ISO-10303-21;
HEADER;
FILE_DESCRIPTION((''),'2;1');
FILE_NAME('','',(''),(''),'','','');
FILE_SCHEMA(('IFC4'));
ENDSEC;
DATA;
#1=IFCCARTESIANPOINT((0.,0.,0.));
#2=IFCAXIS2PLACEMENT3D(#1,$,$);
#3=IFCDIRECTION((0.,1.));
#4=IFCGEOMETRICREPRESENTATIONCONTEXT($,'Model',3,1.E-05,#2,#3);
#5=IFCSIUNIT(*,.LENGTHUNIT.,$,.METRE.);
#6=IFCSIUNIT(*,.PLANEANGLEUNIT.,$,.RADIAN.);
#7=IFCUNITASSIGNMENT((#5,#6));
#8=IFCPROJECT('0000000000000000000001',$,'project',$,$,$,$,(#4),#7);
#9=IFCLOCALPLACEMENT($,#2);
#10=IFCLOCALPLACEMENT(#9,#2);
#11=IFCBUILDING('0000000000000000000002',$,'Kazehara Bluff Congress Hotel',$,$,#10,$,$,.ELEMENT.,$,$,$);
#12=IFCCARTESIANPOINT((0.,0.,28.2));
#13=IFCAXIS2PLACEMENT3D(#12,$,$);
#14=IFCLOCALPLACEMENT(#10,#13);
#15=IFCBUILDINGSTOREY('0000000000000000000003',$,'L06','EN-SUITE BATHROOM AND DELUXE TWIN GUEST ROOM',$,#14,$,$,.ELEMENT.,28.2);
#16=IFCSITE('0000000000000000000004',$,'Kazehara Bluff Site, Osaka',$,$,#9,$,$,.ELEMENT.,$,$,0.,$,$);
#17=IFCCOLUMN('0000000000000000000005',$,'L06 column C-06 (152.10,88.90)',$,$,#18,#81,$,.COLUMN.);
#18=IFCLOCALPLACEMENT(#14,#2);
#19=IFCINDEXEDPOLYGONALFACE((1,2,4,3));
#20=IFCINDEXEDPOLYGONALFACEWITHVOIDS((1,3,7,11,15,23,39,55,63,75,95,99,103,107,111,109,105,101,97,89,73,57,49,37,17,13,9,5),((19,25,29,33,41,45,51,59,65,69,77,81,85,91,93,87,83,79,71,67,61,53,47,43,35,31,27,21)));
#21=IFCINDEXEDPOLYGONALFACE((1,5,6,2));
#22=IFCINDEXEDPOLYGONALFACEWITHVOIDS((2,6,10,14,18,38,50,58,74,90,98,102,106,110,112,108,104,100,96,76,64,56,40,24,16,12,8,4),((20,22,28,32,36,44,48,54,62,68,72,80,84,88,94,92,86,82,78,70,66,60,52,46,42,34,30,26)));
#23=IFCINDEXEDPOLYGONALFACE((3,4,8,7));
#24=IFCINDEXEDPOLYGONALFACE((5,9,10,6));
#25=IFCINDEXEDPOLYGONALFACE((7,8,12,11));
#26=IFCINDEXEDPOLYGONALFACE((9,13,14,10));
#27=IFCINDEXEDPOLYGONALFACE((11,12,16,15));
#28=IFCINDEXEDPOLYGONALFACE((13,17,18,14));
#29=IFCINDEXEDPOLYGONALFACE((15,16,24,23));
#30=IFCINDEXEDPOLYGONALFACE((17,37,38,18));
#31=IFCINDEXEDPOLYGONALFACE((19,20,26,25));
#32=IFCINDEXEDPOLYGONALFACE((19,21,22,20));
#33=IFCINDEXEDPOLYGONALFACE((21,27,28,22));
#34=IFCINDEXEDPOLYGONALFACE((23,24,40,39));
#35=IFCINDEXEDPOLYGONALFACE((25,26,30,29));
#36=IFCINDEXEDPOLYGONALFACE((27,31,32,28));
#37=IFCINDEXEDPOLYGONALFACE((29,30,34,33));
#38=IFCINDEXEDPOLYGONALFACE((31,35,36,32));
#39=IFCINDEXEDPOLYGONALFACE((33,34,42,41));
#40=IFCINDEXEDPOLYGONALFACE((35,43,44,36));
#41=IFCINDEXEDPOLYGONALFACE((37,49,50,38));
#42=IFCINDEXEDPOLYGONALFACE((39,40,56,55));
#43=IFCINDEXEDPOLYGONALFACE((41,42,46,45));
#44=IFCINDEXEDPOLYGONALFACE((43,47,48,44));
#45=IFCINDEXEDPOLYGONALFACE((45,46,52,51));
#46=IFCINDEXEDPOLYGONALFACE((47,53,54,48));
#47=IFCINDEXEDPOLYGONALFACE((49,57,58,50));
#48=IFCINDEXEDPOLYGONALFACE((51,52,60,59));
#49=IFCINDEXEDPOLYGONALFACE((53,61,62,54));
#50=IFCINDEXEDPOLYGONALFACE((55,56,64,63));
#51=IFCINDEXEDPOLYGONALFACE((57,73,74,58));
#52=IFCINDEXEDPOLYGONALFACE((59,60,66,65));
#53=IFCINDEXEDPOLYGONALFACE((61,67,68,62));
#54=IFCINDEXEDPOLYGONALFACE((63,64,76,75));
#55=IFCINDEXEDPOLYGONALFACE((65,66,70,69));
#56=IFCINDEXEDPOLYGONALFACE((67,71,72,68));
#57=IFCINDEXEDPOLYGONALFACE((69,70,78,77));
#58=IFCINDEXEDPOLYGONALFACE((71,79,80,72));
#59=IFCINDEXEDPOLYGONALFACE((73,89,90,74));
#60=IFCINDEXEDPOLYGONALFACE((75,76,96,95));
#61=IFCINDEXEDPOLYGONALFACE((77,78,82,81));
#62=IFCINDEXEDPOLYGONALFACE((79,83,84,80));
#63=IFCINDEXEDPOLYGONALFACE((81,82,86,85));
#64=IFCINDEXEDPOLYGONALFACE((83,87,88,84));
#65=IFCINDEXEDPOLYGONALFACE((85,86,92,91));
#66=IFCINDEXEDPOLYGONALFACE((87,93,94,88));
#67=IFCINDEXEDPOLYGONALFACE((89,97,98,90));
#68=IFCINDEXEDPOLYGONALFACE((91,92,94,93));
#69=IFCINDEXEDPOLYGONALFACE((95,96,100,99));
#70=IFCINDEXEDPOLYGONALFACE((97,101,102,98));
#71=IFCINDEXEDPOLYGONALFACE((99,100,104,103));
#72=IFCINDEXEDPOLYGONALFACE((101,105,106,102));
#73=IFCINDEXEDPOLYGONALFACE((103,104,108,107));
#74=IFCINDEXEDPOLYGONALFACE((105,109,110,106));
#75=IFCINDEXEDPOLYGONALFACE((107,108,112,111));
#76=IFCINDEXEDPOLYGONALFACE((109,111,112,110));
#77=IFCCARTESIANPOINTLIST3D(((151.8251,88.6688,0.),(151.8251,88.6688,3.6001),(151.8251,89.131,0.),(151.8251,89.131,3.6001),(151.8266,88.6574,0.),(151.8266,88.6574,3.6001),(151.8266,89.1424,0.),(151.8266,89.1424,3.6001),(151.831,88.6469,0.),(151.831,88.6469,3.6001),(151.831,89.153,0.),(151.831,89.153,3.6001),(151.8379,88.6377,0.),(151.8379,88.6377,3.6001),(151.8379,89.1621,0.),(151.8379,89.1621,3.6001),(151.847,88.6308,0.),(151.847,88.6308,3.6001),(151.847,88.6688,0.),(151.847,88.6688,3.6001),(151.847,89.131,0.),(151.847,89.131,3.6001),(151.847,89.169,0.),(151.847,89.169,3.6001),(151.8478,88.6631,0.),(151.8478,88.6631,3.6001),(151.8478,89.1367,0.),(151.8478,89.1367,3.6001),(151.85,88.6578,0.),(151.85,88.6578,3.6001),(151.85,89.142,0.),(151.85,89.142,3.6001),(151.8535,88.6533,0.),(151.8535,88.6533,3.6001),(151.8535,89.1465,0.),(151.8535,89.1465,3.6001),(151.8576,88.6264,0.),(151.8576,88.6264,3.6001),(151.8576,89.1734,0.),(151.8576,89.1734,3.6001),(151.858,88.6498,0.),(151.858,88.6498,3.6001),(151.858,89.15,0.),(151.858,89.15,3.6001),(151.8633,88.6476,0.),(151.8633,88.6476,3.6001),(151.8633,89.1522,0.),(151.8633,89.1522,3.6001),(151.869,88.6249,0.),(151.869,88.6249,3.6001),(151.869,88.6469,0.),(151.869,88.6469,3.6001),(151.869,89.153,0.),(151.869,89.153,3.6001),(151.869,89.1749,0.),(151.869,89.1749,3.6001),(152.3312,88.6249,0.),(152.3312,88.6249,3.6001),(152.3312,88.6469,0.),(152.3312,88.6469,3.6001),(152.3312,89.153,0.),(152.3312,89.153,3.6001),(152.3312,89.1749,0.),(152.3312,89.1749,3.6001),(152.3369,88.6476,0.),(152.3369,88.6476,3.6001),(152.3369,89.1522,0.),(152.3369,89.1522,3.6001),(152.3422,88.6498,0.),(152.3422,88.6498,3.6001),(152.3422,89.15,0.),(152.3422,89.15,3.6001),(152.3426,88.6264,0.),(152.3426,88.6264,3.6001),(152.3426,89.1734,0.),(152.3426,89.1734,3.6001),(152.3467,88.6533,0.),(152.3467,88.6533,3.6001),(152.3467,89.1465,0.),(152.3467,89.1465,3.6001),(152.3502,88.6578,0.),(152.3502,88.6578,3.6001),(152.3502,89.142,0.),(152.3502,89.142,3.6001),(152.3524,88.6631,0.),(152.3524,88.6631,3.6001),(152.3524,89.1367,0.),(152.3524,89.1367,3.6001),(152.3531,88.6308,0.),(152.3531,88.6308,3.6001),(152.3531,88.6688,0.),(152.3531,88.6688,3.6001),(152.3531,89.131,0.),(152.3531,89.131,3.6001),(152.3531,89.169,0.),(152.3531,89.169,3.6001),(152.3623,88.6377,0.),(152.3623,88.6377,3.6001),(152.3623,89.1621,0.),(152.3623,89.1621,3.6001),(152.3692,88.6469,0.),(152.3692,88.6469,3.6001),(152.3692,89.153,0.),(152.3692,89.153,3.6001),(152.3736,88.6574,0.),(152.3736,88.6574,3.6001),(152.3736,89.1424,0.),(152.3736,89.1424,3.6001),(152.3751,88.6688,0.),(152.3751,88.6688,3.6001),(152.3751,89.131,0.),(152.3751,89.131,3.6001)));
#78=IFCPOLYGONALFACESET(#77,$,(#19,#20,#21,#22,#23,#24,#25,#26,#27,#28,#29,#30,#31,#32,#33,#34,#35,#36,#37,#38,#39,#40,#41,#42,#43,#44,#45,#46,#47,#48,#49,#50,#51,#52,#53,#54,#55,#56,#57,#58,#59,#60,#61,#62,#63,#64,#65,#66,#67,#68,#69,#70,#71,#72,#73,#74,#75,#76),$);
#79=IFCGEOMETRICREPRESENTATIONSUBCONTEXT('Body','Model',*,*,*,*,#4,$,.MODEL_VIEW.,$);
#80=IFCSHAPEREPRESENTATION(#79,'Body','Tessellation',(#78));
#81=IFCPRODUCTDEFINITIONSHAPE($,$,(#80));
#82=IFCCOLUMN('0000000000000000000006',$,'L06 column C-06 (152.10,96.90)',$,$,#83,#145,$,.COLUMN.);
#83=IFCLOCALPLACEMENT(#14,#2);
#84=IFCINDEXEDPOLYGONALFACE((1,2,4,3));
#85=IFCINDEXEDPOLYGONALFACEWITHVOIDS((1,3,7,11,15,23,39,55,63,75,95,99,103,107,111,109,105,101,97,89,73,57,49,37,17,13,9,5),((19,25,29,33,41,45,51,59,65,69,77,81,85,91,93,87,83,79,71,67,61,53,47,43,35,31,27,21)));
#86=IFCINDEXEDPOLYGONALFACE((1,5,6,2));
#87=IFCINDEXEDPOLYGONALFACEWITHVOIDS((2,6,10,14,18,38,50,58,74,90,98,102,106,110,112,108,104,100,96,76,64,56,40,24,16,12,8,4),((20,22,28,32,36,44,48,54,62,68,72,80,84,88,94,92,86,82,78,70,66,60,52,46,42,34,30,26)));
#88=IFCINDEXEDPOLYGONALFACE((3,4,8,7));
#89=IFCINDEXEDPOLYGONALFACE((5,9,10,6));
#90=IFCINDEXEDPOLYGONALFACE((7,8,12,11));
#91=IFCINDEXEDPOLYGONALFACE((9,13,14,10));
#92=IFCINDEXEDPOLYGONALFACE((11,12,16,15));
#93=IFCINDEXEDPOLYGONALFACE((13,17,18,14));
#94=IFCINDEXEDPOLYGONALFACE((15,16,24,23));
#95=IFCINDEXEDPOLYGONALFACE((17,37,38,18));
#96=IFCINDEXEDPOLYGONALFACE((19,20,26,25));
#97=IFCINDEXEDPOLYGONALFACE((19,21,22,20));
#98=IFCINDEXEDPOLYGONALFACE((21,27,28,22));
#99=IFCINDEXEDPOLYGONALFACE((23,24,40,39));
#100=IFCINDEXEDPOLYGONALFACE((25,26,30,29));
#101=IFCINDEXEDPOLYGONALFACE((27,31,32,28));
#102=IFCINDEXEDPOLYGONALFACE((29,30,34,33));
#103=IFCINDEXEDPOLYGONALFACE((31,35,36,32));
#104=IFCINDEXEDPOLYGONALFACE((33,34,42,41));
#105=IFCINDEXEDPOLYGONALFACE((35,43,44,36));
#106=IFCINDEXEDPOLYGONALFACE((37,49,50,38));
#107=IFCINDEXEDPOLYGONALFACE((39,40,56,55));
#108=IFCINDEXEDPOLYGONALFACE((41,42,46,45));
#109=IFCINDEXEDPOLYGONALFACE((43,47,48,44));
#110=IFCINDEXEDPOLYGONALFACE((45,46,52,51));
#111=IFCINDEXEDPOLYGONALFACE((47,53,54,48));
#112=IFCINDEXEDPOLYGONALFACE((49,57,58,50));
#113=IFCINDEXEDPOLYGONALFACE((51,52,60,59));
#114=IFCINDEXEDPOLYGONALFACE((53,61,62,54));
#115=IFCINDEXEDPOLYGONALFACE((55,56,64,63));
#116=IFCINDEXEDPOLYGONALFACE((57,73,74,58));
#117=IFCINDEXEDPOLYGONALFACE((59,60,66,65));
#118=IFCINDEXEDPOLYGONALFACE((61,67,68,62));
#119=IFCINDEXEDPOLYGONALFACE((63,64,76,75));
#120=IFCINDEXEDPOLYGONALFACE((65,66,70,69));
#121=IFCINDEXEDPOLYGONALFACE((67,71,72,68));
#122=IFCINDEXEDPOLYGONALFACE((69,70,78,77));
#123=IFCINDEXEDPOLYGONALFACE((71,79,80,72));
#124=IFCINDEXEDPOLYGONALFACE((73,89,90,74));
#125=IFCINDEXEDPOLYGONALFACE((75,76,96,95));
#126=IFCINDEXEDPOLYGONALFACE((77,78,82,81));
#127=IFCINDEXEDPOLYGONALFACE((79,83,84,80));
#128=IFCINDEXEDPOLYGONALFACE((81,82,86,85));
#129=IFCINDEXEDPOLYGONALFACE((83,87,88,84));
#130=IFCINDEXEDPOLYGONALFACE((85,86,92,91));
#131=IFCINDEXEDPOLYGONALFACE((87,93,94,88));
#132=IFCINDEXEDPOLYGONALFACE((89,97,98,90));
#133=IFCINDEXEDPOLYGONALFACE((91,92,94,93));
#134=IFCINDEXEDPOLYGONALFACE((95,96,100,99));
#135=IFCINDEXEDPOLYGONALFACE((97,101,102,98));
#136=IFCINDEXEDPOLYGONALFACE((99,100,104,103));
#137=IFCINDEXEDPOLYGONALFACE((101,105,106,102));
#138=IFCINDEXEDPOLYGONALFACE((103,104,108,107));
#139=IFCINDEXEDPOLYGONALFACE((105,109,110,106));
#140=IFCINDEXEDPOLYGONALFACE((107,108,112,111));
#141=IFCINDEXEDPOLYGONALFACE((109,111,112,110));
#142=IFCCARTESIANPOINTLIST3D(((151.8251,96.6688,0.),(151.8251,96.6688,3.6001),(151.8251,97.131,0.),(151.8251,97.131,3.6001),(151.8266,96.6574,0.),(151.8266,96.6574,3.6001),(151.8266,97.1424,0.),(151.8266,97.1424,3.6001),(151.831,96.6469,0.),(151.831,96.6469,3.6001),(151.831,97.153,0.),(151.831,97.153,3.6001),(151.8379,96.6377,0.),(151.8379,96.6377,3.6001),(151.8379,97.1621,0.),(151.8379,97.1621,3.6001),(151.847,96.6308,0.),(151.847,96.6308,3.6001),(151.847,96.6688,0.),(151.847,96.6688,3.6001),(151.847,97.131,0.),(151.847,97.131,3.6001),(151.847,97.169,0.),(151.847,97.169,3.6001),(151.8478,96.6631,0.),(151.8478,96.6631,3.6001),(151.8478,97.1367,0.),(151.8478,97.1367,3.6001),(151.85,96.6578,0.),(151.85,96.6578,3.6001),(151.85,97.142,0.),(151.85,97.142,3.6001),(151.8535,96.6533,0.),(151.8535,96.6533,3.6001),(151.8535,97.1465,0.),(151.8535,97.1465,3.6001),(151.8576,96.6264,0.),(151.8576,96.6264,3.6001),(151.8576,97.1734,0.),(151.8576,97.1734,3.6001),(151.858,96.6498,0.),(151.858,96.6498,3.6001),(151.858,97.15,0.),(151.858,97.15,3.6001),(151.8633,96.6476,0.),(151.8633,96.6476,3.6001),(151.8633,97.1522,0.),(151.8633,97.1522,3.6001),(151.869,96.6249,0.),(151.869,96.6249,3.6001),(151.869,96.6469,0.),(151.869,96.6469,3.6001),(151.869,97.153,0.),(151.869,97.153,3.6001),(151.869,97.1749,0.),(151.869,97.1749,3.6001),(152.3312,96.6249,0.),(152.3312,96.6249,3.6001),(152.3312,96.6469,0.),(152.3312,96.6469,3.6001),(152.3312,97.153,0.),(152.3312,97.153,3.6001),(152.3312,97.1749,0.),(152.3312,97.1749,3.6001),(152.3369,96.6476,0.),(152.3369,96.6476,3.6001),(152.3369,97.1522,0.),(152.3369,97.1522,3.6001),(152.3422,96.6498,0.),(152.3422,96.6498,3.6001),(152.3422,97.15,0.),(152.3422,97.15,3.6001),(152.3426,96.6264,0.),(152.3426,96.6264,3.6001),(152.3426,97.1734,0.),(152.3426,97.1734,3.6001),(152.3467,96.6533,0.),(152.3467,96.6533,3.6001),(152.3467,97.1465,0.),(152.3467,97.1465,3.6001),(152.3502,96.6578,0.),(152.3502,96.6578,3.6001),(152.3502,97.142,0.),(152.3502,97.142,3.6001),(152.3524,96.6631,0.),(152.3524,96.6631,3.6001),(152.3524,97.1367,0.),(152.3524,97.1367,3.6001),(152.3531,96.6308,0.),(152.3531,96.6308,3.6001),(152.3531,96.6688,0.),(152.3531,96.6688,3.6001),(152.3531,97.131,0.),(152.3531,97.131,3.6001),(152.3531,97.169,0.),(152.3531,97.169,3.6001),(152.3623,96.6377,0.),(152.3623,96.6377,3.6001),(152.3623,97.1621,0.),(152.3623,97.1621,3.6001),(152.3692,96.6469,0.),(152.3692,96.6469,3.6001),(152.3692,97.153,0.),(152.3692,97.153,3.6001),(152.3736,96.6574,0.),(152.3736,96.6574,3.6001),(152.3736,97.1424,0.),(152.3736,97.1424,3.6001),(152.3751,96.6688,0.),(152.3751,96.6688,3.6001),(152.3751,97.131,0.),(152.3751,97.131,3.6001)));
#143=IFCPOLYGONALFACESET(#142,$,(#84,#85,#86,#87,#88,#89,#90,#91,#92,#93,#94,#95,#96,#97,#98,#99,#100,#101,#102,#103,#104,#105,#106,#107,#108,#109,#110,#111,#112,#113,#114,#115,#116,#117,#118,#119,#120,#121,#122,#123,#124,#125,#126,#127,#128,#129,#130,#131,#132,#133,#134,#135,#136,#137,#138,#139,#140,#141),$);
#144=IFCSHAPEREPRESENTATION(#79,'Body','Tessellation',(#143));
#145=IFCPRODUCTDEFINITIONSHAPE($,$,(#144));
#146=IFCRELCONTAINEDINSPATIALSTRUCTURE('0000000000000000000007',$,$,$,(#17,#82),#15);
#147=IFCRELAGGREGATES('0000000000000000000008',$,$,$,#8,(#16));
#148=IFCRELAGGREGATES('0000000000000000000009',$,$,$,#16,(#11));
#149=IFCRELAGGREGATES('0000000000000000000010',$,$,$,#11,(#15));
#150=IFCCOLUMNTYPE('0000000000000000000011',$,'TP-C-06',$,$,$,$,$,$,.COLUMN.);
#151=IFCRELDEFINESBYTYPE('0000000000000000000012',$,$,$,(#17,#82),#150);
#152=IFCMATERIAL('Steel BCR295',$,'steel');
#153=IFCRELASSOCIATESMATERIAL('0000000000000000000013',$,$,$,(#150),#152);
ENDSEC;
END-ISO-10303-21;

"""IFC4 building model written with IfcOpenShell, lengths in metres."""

from ifc_helpers import new_model, si_unit, direction, frame, origin, origin_2d, place, context, subcontext, project, spatial, hollow_rectangle, extrude, material, material_profile, profile_set, type_object, element, save


model = new_model("IFC4")

# Units and contexts
model_context = context("Model", 3, precision=1e-05, world=origin(), true_north=direction((0.0, 1.0)))
body_context = subcontext(model_context, "Body", "Model", "MODEL_VIEW")
ifc_project = project(units=[si_unit("LENGTHUNIT", "METRE"), si_unit("PLANEANGLEUNIT", "RADIAN")], contexts=[model_context])

# Site, building, storey
site_placement = place(None, origin())
site = spatial("IfcSite", under=ifc_project, at=site_placement, Name="Kazehara Bluff Site, Osaka", CompositionType="ELEMENT", RefElevation=0.0)
building_placement = place(site_placement, origin())
building = spatial("IfcBuilding", under=site, at=building_placement, Name="Kazehara Bluff Congress Hotel", CompositionType="ELEMENT")
storey_placement = place(building_placement, frame((0.0, 0.0, 28.2)))
storey = spatial("IfcBuildingStorey", under=building, at=storey_placement, Name="L06", Description="EN-SUITE BATHROOM AND DELUXE TWIN GUEST ROOM", CompositionType="ELEMENT", Elevation=28.2)

# Columns
ifc_material_1 = material(Name="Steel BCR295", Category="steel")
ifc_material_profile_1 = material_profile(ifc_material_1, hollow_rectangle(XDim=0.55, YDim=0.55, WallThickness=0.022, InnerFilletRadius=0.022, OuterFilletRadius=0.0439, at=origin_2d()))
ifc_profile_set_1 = profile_set([ifc_material_profile_1], Name="Steel BCR295")
column_type = type_object("IfcColumnType", Name="TP-C-06", PredefinedType="COLUMN", material=ifc_profile_set_1)
for number, where, z_axis, x_axis, name in (
    (1, (152.1001, 88.8999, 0.0), (0.0, 0.0, 1.0), (1.0, 0.0, 0.0), "L06 column C-06 (152.10,88.90)"),
    (2, (152.1001, 96.8999, 0.0), (0.0, 0.0, 1.0), (1.0, 0.0, 0.0), "L06 column C-06 (152.10,96.90)"),
):
    element("IfcColumn", number, at=place(storey_placement, frame(where, z_axis=z_axis, x_axis=x_axis)), inside=storey, type_object=column_type, Name=name, PredefinedType="COLUMN", context=body_context, shape_type="SweptSolid", body=[
        extrude(hollow_rectangle(XDim=0.55, YDim=0.55, WallThickness=0.022, InnerFilletRadius=0.022, OuterFilletRadius=0.0439, at=origin_2d()), origin(), (0.0, 0.0, 1.0), 3.6001),
    ])

save(model, "model.ifc")
